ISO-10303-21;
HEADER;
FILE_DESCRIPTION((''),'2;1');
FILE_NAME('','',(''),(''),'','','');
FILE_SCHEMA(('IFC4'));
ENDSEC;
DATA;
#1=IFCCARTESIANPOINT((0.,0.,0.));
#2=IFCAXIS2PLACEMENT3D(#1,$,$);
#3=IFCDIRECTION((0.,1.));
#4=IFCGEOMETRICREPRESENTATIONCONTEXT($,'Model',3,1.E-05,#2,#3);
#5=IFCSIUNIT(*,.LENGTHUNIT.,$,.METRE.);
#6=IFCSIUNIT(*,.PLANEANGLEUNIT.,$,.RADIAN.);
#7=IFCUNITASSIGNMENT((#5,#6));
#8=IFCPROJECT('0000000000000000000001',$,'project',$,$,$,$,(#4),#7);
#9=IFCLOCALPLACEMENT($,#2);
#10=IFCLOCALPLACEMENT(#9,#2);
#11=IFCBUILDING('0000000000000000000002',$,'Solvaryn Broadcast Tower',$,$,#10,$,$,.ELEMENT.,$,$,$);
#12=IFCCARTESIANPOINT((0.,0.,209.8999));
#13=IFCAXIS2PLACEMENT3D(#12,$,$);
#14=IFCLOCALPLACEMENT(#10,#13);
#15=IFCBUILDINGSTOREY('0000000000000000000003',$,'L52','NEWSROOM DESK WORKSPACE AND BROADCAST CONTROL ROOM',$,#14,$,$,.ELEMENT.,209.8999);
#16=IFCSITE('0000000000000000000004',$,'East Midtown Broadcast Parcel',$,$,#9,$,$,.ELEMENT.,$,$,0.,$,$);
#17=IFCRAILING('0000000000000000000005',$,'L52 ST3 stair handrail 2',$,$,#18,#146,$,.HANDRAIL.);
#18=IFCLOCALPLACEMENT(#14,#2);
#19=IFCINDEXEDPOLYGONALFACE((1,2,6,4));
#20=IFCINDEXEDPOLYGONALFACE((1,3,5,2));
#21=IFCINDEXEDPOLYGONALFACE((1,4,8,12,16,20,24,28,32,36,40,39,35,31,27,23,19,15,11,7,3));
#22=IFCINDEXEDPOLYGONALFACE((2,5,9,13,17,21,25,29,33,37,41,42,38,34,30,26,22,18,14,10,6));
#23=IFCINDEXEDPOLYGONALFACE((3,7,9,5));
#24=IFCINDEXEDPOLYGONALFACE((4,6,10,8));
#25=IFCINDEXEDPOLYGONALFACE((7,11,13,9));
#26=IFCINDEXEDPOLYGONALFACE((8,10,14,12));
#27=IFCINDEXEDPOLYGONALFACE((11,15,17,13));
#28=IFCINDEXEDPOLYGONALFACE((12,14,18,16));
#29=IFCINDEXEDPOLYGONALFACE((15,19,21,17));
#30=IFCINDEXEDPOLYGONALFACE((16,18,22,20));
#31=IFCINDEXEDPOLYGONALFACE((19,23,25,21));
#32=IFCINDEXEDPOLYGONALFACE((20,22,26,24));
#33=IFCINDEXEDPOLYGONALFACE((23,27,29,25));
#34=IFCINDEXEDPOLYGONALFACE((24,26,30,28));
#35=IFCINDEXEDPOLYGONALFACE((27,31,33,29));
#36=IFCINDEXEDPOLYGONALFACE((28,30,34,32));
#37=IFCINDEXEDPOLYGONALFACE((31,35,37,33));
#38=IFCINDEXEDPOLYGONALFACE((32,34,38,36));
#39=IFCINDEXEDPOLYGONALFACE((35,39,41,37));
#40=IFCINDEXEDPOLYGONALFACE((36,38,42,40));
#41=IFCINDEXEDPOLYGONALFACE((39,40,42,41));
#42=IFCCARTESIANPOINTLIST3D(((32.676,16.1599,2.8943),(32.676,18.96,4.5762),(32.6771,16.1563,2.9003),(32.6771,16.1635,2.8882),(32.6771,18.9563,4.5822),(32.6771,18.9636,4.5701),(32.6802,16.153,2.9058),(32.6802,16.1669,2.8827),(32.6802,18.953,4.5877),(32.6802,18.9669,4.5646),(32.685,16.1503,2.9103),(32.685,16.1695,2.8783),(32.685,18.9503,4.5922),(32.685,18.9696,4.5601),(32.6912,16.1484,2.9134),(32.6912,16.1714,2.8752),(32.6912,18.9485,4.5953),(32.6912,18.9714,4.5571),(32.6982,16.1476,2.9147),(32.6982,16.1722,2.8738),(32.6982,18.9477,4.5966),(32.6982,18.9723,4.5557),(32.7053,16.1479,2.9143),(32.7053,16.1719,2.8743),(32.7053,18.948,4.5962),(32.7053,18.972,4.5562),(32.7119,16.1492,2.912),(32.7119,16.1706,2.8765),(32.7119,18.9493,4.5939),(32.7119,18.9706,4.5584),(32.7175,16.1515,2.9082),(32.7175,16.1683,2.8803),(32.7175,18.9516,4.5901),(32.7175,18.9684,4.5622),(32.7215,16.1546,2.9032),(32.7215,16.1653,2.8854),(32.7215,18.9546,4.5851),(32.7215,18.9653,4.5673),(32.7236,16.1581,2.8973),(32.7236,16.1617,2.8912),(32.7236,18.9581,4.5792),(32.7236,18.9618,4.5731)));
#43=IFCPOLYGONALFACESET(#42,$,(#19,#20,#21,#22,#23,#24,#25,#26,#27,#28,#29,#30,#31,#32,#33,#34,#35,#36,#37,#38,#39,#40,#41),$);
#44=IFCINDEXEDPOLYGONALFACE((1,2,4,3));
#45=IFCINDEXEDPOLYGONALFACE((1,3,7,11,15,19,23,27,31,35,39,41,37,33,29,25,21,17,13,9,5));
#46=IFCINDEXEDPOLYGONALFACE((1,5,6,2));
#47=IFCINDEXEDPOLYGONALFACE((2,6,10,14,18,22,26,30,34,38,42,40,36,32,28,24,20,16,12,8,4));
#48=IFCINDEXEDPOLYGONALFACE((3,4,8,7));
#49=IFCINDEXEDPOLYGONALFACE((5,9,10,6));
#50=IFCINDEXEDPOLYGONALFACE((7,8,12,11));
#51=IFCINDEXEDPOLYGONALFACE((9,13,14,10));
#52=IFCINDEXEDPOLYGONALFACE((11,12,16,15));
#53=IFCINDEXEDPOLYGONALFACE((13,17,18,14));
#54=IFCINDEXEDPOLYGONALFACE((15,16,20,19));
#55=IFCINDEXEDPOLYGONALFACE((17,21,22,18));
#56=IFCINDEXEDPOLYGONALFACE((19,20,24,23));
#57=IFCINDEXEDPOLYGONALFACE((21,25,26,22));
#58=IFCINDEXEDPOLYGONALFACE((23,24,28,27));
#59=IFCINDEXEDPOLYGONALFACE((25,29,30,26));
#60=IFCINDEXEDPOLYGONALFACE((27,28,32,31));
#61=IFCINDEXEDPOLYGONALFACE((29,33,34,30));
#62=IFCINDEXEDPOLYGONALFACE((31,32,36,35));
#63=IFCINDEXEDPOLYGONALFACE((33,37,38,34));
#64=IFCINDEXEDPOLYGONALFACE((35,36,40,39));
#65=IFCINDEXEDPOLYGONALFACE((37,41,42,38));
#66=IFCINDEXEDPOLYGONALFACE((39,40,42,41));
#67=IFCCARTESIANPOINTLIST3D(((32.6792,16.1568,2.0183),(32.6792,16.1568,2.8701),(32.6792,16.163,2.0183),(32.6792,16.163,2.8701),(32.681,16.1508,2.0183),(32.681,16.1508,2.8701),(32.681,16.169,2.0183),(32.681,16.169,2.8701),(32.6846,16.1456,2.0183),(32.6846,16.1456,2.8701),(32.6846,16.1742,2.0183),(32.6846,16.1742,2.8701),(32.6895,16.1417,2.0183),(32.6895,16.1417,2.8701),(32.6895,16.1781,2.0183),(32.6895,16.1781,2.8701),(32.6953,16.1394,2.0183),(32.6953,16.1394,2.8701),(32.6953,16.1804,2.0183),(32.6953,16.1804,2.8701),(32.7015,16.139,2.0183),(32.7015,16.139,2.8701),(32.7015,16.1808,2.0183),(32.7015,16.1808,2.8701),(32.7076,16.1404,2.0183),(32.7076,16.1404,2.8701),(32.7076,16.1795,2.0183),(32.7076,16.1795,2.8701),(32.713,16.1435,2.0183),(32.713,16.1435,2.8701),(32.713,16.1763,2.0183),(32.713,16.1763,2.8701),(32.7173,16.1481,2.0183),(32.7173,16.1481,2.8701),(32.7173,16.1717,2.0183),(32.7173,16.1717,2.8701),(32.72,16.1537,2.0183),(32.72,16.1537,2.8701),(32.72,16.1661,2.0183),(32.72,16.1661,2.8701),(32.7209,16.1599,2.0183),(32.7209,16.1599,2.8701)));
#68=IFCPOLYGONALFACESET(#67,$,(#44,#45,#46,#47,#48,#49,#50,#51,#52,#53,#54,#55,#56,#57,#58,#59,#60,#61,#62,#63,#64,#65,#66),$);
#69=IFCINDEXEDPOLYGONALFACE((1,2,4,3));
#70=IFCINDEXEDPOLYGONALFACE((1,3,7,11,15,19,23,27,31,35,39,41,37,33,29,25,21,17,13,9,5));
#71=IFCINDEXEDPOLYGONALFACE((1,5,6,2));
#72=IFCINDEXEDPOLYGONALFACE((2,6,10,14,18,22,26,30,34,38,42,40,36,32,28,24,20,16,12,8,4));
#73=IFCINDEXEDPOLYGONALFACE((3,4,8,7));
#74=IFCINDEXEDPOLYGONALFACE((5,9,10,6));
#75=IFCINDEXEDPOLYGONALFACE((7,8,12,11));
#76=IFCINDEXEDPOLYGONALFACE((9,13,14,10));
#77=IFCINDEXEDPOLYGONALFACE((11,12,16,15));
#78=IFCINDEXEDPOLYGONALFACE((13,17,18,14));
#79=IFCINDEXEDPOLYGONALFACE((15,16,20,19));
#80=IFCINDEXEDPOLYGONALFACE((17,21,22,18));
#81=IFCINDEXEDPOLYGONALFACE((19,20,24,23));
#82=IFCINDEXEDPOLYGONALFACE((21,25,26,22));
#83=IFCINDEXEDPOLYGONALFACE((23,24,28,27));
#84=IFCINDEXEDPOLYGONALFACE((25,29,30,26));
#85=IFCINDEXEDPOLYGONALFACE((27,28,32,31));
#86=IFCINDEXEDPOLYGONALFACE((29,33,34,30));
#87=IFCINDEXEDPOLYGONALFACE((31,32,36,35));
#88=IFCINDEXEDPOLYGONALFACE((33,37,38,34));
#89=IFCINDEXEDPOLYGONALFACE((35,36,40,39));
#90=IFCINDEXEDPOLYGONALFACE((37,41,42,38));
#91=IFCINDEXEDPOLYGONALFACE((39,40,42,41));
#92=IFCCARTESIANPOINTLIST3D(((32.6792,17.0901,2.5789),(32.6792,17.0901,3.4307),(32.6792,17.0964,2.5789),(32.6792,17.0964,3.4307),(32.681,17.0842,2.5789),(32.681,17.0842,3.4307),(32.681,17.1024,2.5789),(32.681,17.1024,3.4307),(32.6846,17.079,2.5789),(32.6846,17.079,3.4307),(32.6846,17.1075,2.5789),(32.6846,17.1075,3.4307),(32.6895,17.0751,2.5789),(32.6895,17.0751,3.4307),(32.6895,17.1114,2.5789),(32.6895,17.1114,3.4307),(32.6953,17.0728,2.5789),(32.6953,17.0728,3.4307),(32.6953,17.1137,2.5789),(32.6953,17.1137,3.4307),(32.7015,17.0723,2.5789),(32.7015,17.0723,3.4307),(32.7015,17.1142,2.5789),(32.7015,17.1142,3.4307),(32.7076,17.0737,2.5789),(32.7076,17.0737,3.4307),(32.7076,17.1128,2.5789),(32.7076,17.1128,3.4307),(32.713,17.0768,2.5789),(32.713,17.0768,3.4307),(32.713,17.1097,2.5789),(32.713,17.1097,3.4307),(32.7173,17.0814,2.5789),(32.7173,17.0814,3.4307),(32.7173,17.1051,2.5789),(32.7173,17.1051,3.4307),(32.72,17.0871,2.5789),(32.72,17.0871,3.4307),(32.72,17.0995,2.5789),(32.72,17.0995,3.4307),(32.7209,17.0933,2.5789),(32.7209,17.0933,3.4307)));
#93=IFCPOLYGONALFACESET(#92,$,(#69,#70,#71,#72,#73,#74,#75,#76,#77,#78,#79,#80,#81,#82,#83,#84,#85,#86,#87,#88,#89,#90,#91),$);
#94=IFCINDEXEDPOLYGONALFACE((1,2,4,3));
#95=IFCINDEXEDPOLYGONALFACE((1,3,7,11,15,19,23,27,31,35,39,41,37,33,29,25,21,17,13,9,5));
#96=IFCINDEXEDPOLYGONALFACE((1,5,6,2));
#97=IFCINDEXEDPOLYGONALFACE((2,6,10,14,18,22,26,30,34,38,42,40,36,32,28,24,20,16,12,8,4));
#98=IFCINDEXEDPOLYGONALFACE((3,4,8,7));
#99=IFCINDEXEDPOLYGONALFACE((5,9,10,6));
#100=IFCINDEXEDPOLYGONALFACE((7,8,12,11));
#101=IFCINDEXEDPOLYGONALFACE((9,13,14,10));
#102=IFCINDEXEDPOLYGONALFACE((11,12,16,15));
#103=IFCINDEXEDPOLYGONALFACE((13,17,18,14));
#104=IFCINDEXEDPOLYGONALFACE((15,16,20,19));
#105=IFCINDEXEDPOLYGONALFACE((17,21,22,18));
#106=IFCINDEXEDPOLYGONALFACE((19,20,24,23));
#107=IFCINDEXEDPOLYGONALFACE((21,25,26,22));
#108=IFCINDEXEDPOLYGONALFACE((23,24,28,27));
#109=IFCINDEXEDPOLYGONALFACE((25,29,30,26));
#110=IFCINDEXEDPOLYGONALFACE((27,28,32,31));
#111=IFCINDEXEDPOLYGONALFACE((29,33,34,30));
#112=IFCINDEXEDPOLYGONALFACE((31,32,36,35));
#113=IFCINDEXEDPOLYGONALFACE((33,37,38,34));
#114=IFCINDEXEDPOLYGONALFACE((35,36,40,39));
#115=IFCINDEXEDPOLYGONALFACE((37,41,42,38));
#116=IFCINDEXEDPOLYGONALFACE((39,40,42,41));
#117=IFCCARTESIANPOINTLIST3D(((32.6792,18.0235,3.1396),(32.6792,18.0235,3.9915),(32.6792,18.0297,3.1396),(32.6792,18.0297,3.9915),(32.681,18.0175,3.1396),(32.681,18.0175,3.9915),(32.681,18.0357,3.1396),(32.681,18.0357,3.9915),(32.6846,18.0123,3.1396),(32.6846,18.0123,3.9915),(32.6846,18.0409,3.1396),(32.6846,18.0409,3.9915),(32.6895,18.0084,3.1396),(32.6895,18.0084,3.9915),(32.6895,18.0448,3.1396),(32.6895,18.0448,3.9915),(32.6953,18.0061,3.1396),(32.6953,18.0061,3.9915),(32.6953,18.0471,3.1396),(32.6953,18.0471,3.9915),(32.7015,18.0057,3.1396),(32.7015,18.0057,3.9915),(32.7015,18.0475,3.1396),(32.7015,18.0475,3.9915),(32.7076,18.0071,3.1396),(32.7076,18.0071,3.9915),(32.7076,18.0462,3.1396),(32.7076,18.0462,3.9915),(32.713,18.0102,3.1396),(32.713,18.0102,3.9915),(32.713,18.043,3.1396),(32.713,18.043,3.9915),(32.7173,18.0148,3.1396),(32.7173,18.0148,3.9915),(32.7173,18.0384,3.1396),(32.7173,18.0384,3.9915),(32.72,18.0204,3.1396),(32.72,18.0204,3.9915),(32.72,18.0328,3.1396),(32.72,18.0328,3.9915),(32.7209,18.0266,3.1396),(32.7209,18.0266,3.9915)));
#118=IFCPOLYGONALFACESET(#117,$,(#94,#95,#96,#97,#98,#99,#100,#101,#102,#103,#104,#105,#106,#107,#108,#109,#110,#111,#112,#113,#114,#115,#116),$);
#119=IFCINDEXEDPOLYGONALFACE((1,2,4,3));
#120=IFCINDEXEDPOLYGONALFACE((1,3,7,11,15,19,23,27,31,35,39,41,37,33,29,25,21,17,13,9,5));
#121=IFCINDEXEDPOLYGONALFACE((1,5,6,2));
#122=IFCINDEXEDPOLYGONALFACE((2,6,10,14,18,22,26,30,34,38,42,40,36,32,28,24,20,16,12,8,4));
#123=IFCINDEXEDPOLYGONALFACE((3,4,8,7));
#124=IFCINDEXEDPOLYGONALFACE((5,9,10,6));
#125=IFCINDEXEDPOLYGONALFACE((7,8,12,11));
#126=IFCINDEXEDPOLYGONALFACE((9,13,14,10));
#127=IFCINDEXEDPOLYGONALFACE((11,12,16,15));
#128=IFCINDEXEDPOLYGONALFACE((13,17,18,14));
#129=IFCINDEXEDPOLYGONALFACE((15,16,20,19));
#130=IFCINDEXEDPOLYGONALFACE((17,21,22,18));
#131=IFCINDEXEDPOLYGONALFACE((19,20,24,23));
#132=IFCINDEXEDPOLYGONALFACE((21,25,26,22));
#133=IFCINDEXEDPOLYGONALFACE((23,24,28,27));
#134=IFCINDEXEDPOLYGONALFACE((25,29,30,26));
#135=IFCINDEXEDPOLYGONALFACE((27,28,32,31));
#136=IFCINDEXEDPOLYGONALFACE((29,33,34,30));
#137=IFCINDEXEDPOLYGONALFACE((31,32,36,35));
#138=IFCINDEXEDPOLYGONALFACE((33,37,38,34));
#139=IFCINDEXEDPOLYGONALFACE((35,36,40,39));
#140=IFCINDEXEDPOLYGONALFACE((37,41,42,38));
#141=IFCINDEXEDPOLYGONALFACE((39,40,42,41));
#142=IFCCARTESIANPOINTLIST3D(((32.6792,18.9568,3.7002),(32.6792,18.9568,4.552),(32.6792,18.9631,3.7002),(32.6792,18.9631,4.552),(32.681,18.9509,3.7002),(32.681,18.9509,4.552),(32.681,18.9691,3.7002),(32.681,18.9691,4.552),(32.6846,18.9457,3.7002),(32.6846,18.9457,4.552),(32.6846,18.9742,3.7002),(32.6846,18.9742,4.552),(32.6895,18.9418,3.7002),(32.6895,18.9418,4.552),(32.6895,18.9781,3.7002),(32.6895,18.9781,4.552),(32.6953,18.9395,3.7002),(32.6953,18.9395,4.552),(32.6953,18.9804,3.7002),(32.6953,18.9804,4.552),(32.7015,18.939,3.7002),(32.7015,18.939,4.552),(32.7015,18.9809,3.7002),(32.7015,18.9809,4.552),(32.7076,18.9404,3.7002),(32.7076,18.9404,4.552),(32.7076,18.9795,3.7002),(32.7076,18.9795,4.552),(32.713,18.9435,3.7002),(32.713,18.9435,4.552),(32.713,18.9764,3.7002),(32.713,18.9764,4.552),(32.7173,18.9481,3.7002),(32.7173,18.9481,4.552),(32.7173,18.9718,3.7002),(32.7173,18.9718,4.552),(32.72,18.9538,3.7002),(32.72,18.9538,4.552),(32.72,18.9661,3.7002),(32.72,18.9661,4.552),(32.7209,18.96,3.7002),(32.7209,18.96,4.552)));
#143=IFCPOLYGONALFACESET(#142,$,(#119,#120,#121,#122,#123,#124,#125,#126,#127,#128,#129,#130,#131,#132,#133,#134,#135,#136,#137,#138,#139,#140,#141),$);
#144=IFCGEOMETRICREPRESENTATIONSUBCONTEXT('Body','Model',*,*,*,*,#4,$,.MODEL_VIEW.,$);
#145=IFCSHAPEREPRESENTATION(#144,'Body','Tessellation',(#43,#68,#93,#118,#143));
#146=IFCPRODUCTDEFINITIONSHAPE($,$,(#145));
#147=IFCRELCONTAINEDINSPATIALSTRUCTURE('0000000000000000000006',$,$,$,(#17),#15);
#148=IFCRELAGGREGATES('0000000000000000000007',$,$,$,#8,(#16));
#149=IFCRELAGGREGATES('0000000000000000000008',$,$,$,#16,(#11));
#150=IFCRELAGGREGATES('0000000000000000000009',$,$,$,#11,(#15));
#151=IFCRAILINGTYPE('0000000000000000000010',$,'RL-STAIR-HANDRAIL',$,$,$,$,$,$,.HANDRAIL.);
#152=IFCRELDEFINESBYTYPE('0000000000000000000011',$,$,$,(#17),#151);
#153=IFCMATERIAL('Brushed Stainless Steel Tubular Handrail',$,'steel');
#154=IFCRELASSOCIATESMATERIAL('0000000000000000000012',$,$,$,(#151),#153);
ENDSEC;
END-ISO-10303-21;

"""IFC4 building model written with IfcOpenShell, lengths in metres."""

from ifc_helpers import new_model, si_unit, direction, frame, origin, origin_2d, place, context, subcontext, project, spatial, circle, extrude, material, type_object, element, save


model = new_model("IFC4")

# Units and contexts
model_context = context("Model", 3, precision=1e-05, world=origin(), true_north=direction((0.0, 1.0)))
body_context = subcontext(model_context, "Body", "Model", "MODEL_VIEW")
ifc_project = project(units=[si_unit("LENGTHUNIT", "METRE"), si_unit("PLANEANGLEUNIT", "RADIAN")], contexts=[model_context])

# Site, building, storey
site_placement = place(None, origin())
site = spatial("IfcSite", under=ifc_project, at=site_placement, Name="East Midtown Broadcast Parcel", CompositionType="ELEMENT", RefElevation=0.0)
building_placement = place(site_placement, origin())
building = spatial("IfcBuilding", under=site, at=building_placement, Name="Solvaryn Broadcast Tower", CompositionType="ELEMENT")
storey_placement = place(building_placement, frame((0.0, 0.0, 209.8999)))
storey = spatial("IfcBuildingStorey", under=building, at=storey_placement, Name="L52", Description="NEWSROOM DESK WORKSPACE AND BROADCAST CONTROL ROOM", CompositionType="ELEMENT", Elevation=209.8999)

# Railing
ifc_material_1 = material(Name="Brushed Stainless Steel Tubular Handrail", Category="steel")
railing_type_1 = type_object("IfcRailingType", Name="RL-STAIR-HANDRAIL", PredefinedType="HANDRAIL", material=ifc_material_1)
railing_1_placement = place(storey_placement, frame((32.7, 16.1599, 2.0183)))
element("IfcRailing", 1, at=railing_1_placement, inside=storey, type_object=railing_type_1, Name="L52 ST3 stair handrail 2", PredefinedType="HANDRAIL", context=body_context, shape_type="SweptSolid", body=[
    extrude(circle(Radius=0.0239, at=origin_2d()), frame((0.0, 0.0, 0.876), z_axis=(0.0, 0.857242, 0.514913), x_axis=(-1.0, 0.0, 0.0)), (0.0, 0.0, 1.0), 3.2664),
    extrude(circle(Radius=0.021, at=origin_2d()), origin(), (0.0, 0.0, 1.0), 0.8518),
    extrude(circle(Radius=0.021, at=origin_2d()), frame((0.0, 0.9333, 0.5605)), (0.0, 0.0, 1.0), 0.8518),
    extrude(circle(Radius=0.021, at=origin_2d()), frame((0.0, 1.8667, 1.1213)), (0.0, 0.0, 1.0), 0.8518),
    extrude(circle(Radius=0.021, at=origin_2d()), frame((0.0, 2.8, 1.6819)), (0.0, 0.0, 1.0), 0.8518),
])

save(model, "model.ifc")
